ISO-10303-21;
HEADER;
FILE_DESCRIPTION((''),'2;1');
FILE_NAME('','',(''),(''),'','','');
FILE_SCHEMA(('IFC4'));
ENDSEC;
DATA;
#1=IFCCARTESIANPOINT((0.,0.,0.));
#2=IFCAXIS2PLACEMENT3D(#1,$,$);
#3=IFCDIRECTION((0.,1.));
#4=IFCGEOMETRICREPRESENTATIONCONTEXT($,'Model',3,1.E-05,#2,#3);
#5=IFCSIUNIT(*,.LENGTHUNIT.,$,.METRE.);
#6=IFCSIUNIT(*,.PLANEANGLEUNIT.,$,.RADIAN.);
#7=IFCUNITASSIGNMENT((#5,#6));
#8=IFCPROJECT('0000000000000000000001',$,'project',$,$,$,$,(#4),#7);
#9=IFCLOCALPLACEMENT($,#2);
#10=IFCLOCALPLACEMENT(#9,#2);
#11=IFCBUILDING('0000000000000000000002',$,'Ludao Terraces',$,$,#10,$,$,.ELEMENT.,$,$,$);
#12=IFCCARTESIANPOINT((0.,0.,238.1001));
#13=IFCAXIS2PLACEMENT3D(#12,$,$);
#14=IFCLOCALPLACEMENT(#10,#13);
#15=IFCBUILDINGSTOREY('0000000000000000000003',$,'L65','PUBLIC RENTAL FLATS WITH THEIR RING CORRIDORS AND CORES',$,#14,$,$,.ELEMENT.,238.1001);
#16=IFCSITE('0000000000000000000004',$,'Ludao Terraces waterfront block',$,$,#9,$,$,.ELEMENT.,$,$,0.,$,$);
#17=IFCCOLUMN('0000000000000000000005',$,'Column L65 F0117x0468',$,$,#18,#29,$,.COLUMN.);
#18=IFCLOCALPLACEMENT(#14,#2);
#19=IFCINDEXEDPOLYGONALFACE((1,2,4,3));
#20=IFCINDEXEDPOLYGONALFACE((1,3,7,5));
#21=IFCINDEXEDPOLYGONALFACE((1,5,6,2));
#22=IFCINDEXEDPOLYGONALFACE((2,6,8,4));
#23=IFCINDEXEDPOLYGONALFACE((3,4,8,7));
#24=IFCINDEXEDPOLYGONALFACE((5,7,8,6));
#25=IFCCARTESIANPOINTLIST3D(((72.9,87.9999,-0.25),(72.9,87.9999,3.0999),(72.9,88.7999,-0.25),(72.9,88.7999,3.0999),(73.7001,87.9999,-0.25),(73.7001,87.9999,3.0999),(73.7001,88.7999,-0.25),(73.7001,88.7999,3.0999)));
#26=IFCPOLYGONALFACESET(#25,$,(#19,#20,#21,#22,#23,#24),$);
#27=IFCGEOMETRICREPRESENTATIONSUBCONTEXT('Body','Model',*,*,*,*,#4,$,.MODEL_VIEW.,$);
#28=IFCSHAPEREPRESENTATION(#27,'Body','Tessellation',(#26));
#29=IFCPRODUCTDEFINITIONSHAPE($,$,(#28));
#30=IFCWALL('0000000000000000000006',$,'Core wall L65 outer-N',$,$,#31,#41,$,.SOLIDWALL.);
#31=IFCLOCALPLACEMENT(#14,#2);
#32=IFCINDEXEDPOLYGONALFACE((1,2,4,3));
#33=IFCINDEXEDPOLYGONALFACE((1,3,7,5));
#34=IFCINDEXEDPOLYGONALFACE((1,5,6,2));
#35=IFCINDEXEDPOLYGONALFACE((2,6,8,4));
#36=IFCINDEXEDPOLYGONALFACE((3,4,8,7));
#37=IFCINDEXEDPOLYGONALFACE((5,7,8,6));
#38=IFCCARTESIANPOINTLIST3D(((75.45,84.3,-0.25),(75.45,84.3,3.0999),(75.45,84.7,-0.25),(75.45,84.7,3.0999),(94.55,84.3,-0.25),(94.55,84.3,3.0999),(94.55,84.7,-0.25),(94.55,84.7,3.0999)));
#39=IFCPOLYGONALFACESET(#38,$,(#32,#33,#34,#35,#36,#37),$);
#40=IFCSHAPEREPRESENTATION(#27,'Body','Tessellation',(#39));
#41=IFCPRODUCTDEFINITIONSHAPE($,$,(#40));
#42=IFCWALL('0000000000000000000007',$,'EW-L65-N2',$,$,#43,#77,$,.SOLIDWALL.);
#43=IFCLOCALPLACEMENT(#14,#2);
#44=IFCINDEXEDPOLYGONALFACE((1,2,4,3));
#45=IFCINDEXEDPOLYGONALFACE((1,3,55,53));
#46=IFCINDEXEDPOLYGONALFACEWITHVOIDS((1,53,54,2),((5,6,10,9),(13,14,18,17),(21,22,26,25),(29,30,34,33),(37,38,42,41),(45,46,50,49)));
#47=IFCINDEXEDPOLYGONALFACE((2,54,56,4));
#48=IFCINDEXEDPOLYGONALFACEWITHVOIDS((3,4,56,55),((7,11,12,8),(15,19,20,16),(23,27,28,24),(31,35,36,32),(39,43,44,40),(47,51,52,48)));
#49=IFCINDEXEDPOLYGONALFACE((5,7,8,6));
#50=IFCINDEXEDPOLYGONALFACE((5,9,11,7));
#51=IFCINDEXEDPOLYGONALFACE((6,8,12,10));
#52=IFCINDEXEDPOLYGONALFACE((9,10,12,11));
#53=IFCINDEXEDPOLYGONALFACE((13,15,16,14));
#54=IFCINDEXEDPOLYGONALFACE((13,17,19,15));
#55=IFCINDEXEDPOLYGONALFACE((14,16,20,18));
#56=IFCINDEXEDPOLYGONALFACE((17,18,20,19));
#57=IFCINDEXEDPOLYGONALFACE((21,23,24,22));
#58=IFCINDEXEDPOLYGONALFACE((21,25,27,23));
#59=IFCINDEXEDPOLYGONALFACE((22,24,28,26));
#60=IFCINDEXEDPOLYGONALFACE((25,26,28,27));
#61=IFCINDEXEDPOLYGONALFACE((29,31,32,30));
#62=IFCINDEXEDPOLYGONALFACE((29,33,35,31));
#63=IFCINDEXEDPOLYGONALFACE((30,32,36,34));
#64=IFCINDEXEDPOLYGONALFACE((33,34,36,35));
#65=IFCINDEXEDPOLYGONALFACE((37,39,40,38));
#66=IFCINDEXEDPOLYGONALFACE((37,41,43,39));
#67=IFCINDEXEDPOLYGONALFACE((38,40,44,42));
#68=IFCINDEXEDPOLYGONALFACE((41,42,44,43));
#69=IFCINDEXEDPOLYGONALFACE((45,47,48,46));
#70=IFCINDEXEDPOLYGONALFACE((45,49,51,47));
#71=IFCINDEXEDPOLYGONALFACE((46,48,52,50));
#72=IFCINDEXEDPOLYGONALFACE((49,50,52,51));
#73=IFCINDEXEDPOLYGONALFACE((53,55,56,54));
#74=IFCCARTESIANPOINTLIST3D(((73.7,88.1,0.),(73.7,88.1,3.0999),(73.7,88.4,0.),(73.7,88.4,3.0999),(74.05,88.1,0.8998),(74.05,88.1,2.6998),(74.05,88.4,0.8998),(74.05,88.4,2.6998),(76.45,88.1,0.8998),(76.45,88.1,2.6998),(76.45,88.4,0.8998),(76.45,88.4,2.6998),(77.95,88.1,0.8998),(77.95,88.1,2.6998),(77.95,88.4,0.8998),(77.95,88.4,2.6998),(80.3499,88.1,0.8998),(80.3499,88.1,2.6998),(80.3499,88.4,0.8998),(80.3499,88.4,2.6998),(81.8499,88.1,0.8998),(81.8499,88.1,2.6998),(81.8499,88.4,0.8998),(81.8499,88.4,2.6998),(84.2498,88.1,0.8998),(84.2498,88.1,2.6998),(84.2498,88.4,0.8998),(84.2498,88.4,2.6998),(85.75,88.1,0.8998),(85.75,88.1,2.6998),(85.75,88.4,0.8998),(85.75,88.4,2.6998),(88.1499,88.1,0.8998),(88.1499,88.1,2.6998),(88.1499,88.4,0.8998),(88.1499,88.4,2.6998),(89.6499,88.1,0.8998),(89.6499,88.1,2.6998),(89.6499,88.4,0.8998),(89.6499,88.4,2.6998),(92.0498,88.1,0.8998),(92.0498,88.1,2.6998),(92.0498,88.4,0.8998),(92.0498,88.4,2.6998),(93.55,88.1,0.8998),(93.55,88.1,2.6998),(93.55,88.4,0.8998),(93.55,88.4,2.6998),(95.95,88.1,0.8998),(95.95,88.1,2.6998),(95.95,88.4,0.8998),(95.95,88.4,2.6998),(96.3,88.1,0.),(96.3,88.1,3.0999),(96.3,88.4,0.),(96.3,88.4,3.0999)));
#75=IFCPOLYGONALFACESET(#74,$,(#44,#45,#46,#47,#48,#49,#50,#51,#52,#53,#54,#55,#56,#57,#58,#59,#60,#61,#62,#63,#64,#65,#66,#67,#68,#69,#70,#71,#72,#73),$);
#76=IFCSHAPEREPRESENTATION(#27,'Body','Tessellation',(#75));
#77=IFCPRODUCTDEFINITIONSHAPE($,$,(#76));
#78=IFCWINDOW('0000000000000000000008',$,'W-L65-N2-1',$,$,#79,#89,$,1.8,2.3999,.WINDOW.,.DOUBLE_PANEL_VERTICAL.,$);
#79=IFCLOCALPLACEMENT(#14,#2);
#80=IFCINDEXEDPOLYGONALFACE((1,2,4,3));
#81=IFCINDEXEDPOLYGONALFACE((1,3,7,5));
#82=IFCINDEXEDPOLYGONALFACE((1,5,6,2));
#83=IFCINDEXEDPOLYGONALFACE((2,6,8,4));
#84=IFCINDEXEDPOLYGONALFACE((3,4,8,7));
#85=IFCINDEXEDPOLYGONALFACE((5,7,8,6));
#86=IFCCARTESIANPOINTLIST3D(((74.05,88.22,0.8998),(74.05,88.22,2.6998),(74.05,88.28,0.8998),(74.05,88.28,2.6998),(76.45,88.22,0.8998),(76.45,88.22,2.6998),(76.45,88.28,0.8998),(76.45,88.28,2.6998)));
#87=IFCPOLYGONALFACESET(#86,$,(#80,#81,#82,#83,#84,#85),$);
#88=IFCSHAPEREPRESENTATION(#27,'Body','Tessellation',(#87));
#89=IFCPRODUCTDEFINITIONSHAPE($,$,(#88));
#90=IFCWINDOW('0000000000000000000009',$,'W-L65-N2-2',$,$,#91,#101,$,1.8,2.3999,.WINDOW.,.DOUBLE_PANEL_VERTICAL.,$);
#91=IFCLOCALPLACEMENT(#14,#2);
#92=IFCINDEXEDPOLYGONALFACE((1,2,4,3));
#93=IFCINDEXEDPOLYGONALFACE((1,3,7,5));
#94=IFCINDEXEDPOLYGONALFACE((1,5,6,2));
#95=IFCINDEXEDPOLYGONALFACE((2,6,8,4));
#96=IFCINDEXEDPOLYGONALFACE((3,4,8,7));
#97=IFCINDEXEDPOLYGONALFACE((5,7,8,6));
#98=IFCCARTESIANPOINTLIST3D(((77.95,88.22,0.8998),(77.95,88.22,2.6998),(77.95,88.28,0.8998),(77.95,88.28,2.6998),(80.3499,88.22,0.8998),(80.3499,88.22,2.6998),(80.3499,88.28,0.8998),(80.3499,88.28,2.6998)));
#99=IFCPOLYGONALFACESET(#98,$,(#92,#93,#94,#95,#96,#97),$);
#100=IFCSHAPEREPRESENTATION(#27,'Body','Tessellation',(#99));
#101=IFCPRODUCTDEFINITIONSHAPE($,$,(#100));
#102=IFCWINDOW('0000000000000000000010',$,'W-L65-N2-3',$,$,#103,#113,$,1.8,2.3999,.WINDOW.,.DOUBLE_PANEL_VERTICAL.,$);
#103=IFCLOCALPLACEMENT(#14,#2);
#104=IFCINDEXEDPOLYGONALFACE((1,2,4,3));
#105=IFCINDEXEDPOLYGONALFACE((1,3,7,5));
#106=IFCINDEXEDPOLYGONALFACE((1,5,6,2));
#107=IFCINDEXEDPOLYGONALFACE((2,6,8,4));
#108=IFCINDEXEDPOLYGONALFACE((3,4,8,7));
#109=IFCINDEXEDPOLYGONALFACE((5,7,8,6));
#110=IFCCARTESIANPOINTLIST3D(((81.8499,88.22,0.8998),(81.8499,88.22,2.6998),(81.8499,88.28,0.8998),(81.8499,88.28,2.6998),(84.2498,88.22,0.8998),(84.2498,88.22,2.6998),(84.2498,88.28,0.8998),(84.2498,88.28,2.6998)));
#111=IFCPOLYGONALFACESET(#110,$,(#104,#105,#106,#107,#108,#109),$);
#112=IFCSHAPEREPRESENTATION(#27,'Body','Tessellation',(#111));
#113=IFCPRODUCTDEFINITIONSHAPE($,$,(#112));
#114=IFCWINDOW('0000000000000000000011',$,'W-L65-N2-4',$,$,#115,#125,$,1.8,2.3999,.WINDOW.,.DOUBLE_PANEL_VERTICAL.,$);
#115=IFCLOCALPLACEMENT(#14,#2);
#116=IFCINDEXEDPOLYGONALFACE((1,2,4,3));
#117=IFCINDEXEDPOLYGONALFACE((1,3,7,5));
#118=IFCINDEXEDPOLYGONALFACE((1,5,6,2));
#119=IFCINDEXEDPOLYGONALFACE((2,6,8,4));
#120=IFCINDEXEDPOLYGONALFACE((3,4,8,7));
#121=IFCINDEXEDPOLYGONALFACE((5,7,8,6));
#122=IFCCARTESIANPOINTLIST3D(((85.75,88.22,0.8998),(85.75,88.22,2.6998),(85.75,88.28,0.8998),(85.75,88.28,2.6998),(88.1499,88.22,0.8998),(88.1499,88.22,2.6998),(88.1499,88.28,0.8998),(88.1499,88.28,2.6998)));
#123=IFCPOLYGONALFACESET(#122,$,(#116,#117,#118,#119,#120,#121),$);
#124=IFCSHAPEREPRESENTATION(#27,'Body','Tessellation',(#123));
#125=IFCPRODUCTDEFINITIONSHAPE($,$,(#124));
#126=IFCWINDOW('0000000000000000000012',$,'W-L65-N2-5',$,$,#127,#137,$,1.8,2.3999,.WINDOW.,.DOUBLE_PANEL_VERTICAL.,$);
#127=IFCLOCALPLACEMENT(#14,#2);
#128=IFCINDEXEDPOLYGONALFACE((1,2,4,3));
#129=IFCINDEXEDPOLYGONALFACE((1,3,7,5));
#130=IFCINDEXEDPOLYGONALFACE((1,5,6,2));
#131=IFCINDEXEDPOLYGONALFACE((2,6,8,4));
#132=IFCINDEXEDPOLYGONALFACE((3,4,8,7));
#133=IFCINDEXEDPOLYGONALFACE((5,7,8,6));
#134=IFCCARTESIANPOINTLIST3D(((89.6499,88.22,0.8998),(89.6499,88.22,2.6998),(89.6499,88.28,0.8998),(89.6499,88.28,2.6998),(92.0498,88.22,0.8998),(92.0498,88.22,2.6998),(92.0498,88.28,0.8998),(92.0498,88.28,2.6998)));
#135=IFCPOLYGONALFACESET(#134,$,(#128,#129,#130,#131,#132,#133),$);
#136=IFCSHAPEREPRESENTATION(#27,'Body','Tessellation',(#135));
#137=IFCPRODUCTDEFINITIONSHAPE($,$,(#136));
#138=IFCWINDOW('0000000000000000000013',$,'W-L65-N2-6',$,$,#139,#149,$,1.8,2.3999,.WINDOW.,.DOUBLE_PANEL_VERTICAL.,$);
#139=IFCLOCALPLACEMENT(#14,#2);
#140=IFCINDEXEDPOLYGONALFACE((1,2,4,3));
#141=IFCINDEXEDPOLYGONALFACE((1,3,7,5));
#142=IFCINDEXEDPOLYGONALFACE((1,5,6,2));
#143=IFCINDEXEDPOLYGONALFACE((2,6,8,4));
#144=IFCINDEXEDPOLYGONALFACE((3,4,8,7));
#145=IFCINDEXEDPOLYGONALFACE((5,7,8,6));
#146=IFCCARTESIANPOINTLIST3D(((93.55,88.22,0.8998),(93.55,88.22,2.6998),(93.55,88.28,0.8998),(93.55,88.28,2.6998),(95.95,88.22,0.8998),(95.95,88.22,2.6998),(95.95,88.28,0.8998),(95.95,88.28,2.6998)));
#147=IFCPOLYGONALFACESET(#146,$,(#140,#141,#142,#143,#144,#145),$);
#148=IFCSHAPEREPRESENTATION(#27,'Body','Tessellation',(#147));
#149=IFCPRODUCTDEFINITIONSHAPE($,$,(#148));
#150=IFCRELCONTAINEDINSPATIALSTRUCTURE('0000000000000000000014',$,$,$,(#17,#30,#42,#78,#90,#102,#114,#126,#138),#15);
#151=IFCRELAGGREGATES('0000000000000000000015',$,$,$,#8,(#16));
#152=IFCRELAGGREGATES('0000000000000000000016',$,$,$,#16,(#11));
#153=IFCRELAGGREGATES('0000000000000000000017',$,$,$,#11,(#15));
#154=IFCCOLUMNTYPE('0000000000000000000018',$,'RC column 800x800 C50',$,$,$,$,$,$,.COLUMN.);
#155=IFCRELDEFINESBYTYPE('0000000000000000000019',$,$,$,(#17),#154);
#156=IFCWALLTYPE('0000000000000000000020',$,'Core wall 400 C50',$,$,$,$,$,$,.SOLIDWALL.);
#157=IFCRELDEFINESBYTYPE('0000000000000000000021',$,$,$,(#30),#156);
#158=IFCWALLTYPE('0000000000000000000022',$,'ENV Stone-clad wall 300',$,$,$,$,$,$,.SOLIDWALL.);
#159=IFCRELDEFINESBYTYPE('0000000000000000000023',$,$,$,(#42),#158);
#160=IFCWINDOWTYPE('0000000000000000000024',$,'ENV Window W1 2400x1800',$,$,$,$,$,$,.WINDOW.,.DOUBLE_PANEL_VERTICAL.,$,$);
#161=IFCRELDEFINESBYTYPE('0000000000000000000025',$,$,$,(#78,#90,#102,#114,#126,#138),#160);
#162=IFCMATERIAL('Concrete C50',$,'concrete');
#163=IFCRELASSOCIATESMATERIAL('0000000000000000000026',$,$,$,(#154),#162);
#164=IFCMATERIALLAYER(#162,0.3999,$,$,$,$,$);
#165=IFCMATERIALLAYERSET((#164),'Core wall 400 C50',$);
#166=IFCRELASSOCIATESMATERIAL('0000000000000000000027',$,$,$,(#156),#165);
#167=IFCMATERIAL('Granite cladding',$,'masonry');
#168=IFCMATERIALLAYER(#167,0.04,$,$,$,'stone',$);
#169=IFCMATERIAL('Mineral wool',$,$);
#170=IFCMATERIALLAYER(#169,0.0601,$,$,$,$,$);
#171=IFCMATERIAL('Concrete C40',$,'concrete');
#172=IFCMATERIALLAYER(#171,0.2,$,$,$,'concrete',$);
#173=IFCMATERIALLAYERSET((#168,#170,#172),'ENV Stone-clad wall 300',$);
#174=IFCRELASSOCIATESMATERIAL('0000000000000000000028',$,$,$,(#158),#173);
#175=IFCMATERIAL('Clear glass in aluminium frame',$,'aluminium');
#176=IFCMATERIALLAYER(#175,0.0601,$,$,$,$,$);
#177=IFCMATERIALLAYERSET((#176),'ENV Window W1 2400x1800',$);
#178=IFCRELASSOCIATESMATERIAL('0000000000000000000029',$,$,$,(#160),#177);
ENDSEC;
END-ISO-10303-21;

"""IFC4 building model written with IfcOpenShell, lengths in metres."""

from ifc_helpers import new_model, si_unit, direction, frame, frame_2d, origin, origin_2d, place, context, subcontext, project, spatial, rectangle, extrude, material, layer, layer_set, material_profile, profile_set, type_object, element, fill, save


model = new_model("IFC4")

# Units and contexts
model_context = context("Model", 3, precision=1e-05, world=origin(), true_north=direction((0.0, 1.0)))
body_context = subcontext(model_context, "Body", "Model", "MODEL_VIEW")
ifc_project = project(units=[si_unit("LENGTHUNIT", "METRE"), si_unit("PLANEANGLEUNIT", "RADIAN")], contexts=[model_context])

# Site, building, storey
site_placement = place(None, origin())
site = spatial("IfcSite", under=ifc_project, at=site_placement, Name="Ludao Terraces waterfront block", CompositionType="ELEMENT", RefElevation=0.0)
building_placement = place(site_placement, origin())
building = spatial("IfcBuilding", under=site, at=building_placement, Name="Ludao Terraces", CompositionType="ELEMENT")
storey_placement = place(building_placement, frame((0.0, 0.0, 238.1001)))
storey = spatial("IfcBuildingStorey", under=building, at=storey_placement, Name="L65", Description="PUBLIC RENTAL FLATS WITH THEIR RING CORRIDORS AND CORES", CompositionType="ELEMENT", Elevation=238.1001)

# Column
ifc_material_1 = material(Name="Concrete C50", Category="concrete")
ifc_material_profile = material_profile(ifc_material_1, rectangle(XDim=0.8, YDim=0.8, at=origin_2d()), Name="800 X 800")
ifc_profile_set = profile_set([ifc_material_profile], Name="Concrete C50")
column_type = type_object("IfcColumnType", Name="RC column 800x800 C50", PredefinedType="COLUMN", material=ifc_profile_set)
column_placement = place(storey_placement, frame((73.3, 88.3999, -0.25), z_axis=(0.0, 0.0, 1.0), x_axis=(1.0, 0.0, 0.0)))
element("IfcColumn", 1, at=column_placement, inside=storey, type_object=column_type, Name="Column L65 F0117x0468", PredefinedType="COLUMN", context=body_context, shape_type="SweptSolid", body=[
    extrude(rectangle(XDim=0.8, YDim=0.8, at=origin_2d()), origin(), (0.0, 0.0, 1.0), 3.3499),
])

# Wall
ifc_layer_1 = layer(ifc_material_1, 0.3999)
ifc_layer_set_1 = layer_set([ifc_layer_1], Name="Core wall 400 C50")
wall_type_1 = type_object("IfcWallType", Name="Core wall 400 C50", PredefinedType="SOLIDWALL", material=ifc_layer_set_1)
wall_1_placement = place(storey_placement, frame((75.45, 84.5, -0.25), z_axis=(0.0, 0.0, 1.0), x_axis=(1.0, 0.0, 0.0)))
element("IfcWall", 2, at=wall_1_placement, inside=storey, type_object=wall_type_1, Name="Core wall L65 outer-N", PredefinedType="SOLIDWALL", context=body_context, shape_type="SweptSolid", body=[
    extrude(rectangle(XDim=19.1001, YDim=0.3999, at=frame_2d((9.55, 0.0))), origin(), (0.0, 0.0, 1.0), 3.3499),
])

# Wall, openings, windows
ifc_material_2 = material(Name="Granite cladding", Category="masonry")
ifc_layer_2 = layer(ifc_material_2, 0.04, Category="stone")
ifc_material_3 = material(Name="Mineral wool")
ifc_layer_3 = layer(ifc_material_3, 0.0601)
ifc_material_4 = material(Name="Concrete C40", Category="concrete")
ifc_layer_4 = layer(ifc_material_4, 0.2, Category="concrete")
ifc_layer_set_2 = layer_set([ifc_layer_2, ifc_layer_3, ifc_layer_4], Name="ENV Stone-clad wall 300")
wall_type_2 = type_object("IfcWallType", Name="ENV Stone-clad wall 300", PredefinedType="SOLIDWALL", material=ifc_layer_set_2)
wall_2_placement = place(storey_placement, frame((73.7, 88.25, 0.0), z_axis=(0.0, 0.0, 1.0), x_axis=(1.0, 0.0, 0.0)))
wall_2 = element("IfcWall", 3, at=wall_2_placement, inside=storey, type_object=wall_type_2, Name="EW-L65-N2", PredefinedType="SOLIDWALL", context=body_context, shape_type="SweptSolid", body=[
    extrude(rectangle(XDim=22.6001, YDim=0.3, at=frame_2d((11.3, 0.0))), origin(), (0.0, 0.0, 1.0), 3.0999),
])
opening_1_placement = place(wall_2_placement, frame((0.3501, 0.0, 0.8999)))
opening_1 = element("IfcOpeningElement", 4, at=opening_1_placement, cuts=wall_2, PredefinedType="OPENING", context=body_context, shape_type="SweptSolid", body=[
    extrude(rectangle(XDim=2.3999, YDim=1.8, at=frame_2d((1.2, 0.8999))), frame((0.0, 0.1602, 0.0), z_axis=(0.0, -1.0, 0.0), x_axis=(1.0, 0.0, 0.0)), (0.0, 0.0, 1.0), 0.3201),
])
opening_2_placement = place(wall_2_placement, frame((4.25, 0.0, 0.8999)))
opening_2 = element("IfcOpeningElement", 5, at=opening_2_placement, cuts=wall_2, PredefinedType="OPENING", context=body_context, shape_type="SweptSolid", body=[
    extrude(rectangle(XDim=2.3999, YDim=1.8, at=frame_2d((1.2, 0.8999))), frame((0.0, 0.1602, 0.0), z_axis=(0.0, -1.0, 0.0), x_axis=(1.0, 0.0, 0.0)), (0.0, 0.0, 1.0), 0.3201),
])
opening_3_placement = place(wall_2_placement, frame((8.1499, 0.0, 0.8999)))
opening_3 = element("IfcOpeningElement", 6, at=opening_3_placement, cuts=wall_2, PredefinedType="OPENING", context=body_context, shape_type="SweptSolid", body=[
    extrude(rectangle(XDim=2.3999, YDim=1.8, at=frame_2d((1.2, 0.8999))), frame((0.0, 0.1602, 0.0), z_axis=(0.0, -1.0, 0.0), x_axis=(1.0, 0.0, 0.0)), (0.0, 0.0, 1.0), 0.3201),
])
opening_4_placement = place(wall_2_placement, frame((12.05, 0.0, 0.8999)))
opening_4 = element("IfcOpeningElement", 7, at=opening_4_placement, cuts=wall_2, PredefinedType="OPENING", context=body_context, shape_type="SweptSolid", body=[
    extrude(rectangle(XDim=2.3999, YDim=1.8, at=frame_2d((1.2, 0.8999))), frame((0.0, 0.1602, 0.0), z_axis=(0.0, -1.0, 0.0), x_axis=(1.0, 0.0, 0.0)), (0.0, 0.0, 1.0), 0.3201),
])
opening_5_placement = place(wall_2_placement, frame((15.95, 0.0, 0.8999)))
opening_5 = element("IfcOpeningElement", 8, at=opening_5_placement, cuts=wall_2, PredefinedType="OPENING", context=body_context, shape_type="SweptSolid", body=[
    extrude(rectangle(XDim=2.3999, YDim=1.8, at=frame_2d((1.2, 0.8999))), frame((0.0, 0.1602, 0.0), z_axis=(0.0, -1.0, 0.0), x_axis=(1.0, 0.0, 0.0)), (0.0, 0.0, 1.0), 0.3201),
])
opening_6_placement = place(wall_2_placement, frame((19.8501, 0.0, 0.8999)))
opening_6 = element("IfcOpeningElement", 9, at=opening_6_placement, cuts=wall_2, PredefinedType="OPENING", context=body_context, shape_type="SweptSolid", body=[
    extrude(rectangle(XDim=2.3999, YDim=1.8, at=frame_2d((1.2, 0.8999))), frame((0.0, 0.1602, 0.0), z_axis=(0.0, -1.0, 0.0), x_axis=(1.0, 0.0, 0.0)), (0.0, 0.0, 1.0), 0.3201),
])
ifc_material_5 = material(Name="Clear glass in aluminium frame", Category="aluminium")
ifc_layer_5 = layer(ifc_material_5, 0.0601)
ifc_layer_set_3 = layer_set([ifc_layer_5], Name="ENV Window W1 2400x1800")
window_type = type_object("IfcWindowType", Name="ENV Window W1 2400x1800", PartitioningType="DOUBLE_PANEL_VERTICAL", PredefinedType="WINDOW", material=ifc_layer_set_3)
window_1_placement = place(opening_1_placement, origin())
window_1 = element("IfcWindow", 10, at=window_1_placement, inside=storey, type_object=window_type, Name="W-L65-N2-1", OverallHeight=1.8, OverallWidth=2.3999, PartitioningType="DOUBLE_PANEL_VERTICAL", PredefinedType="WINDOW", context=body_context, shape_type="SweptSolid", body=[
    extrude(rectangle(XDim=2.3999, YDim=1.8, at=frame_2d((1.2, 0.8999))), frame((0.0, 0.03, 0.0), z_axis=(0.0, -1.0, 0.0), x_axis=(1.0, 0.0, 0.0)), (0.0, 0.0, 1.0), 0.0601),
])
fill(opening_1, window_1)
window_2_placement = place(opening_2_placement, origin())
window_2 = element("IfcWindow", 11, at=window_2_placement, inside=storey, type_object=window_type, Name="W-L65-N2-2", OverallHeight=1.8, OverallWidth=2.3999, PartitioningType="DOUBLE_PANEL_VERTICAL", PredefinedType="WINDOW", context=body_context, shape_type="SweptSolid", body=[
    extrude(rectangle(XDim=2.3999, YDim=1.8, at=frame_2d((1.2, 0.8999))), frame((0.0, 0.03, 0.0), z_axis=(0.0, -1.0, 0.0), x_axis=(1.0, 0.0, 0.0)), (0.0, 0.0, 1.0), 0.0601),
])
fill(opening_2, window_2)
window_3_placement = place(opening_3_placement, origin())
window_3 = element("IfcWindow", 12, at=window_3_placement, inside=storey, type_object=window_type, Name="W-L65-N2-3", OverallHeight=1.8, OverallWidth=2.3999, PartitioningType="DOUBLE_PANEL_VERTICAL", PredefinedType="WINDOW", context=body_context, shape_type="SweptSolid", body=[
    extrude(rectangle(XDim=2.3999, YDim=1.8, at=frame_2d((1.2, 0.8999))), frame((0.0, 0.03, 0.0), z_axis=(0.0, -1.0, 0.0), x_axis=(1.0, 0.0, 0.0)), (0.0, 0.0, 1.0), 0.0601),
])
fill(opening_3, window_3)
window_4_placement = place(opening_4_placement, origin())
window_4 = element("IfcWindow", 13, at=window_4_placement, inside=storey, type_object=window_type, Name="W-L65-N2-4", OverallHeight=1.8, OverallWidth=2.3999, PartitioningType="DOUBLE_PANEL_VERTICAL", PredefinedType="WINDOW", context=body_context, shape_type="SweptSolid", body=[
    extrude(rectangle(XDim=2.3999, YDim=1.8, at=frame_2d((1.2, 0.8999))), frame((0.0, 0.03, 0.0), z_axis=(0.0, -1.0, 0.0), x_axis=(1.0, 0.0, 0.0)), (0.0, 0.0, 1.0), 0.0601),
])
fill(opening_4, window_4)
window_5_placement = place(opening_5_placement, origin())
window_5 = element("IfcWindow", 14, at=window_5_placement, inside=storey, type_object=window_type, Name="W-L65-N2-5", OverallHeight=1.8, OverallWidth=2.3999, PartitioningType="DOUBLE_PANEL_VERTICAL", PredefinedType="WINDOW", context=body_context, shape_type="SweptSolid", body=[
    extrude(rectangle(XDim=2.3999, YDim=1.8, at=frame_2d((1.2, 0.8999))), frame((0.0, 0.03, 0.0), z_axis=(0.0, -1.0, 0.0), x_axis=(1.0, 0.0, 0.0)), (0.0, 0.0, 1.0), 0.0601),
])
fill(opening_5, window_5)
window_6_placement = place(opening_6_placement, origin())
window_6 = element("IfcWindow", 15, at=window_6_placement, inside=storey, type_object=window_type, Name="W-L65-N2-6", OverallHeight=1.8, OverallWidth=2.3999, PartitioningType="DOUBLE_PANEL_VERTICAL", PredefinedType="WINDOW", context=body_context, shape_type="SweptSolid", body=[
    extrude(rectangle(XDim=2.3999, YDim=1.8, at=frame_2d((1.2, 0.8999))), frame((0.0, 0.03, 0.0), z_axis=(0.0, -1.0, 0.0), x_axis=(1.0, 0.0, 0.0)), (0.0, 0.0, 1.0), 0.0601),
])
fill(opening_6, window_6)

save(model, "model.ifc")
